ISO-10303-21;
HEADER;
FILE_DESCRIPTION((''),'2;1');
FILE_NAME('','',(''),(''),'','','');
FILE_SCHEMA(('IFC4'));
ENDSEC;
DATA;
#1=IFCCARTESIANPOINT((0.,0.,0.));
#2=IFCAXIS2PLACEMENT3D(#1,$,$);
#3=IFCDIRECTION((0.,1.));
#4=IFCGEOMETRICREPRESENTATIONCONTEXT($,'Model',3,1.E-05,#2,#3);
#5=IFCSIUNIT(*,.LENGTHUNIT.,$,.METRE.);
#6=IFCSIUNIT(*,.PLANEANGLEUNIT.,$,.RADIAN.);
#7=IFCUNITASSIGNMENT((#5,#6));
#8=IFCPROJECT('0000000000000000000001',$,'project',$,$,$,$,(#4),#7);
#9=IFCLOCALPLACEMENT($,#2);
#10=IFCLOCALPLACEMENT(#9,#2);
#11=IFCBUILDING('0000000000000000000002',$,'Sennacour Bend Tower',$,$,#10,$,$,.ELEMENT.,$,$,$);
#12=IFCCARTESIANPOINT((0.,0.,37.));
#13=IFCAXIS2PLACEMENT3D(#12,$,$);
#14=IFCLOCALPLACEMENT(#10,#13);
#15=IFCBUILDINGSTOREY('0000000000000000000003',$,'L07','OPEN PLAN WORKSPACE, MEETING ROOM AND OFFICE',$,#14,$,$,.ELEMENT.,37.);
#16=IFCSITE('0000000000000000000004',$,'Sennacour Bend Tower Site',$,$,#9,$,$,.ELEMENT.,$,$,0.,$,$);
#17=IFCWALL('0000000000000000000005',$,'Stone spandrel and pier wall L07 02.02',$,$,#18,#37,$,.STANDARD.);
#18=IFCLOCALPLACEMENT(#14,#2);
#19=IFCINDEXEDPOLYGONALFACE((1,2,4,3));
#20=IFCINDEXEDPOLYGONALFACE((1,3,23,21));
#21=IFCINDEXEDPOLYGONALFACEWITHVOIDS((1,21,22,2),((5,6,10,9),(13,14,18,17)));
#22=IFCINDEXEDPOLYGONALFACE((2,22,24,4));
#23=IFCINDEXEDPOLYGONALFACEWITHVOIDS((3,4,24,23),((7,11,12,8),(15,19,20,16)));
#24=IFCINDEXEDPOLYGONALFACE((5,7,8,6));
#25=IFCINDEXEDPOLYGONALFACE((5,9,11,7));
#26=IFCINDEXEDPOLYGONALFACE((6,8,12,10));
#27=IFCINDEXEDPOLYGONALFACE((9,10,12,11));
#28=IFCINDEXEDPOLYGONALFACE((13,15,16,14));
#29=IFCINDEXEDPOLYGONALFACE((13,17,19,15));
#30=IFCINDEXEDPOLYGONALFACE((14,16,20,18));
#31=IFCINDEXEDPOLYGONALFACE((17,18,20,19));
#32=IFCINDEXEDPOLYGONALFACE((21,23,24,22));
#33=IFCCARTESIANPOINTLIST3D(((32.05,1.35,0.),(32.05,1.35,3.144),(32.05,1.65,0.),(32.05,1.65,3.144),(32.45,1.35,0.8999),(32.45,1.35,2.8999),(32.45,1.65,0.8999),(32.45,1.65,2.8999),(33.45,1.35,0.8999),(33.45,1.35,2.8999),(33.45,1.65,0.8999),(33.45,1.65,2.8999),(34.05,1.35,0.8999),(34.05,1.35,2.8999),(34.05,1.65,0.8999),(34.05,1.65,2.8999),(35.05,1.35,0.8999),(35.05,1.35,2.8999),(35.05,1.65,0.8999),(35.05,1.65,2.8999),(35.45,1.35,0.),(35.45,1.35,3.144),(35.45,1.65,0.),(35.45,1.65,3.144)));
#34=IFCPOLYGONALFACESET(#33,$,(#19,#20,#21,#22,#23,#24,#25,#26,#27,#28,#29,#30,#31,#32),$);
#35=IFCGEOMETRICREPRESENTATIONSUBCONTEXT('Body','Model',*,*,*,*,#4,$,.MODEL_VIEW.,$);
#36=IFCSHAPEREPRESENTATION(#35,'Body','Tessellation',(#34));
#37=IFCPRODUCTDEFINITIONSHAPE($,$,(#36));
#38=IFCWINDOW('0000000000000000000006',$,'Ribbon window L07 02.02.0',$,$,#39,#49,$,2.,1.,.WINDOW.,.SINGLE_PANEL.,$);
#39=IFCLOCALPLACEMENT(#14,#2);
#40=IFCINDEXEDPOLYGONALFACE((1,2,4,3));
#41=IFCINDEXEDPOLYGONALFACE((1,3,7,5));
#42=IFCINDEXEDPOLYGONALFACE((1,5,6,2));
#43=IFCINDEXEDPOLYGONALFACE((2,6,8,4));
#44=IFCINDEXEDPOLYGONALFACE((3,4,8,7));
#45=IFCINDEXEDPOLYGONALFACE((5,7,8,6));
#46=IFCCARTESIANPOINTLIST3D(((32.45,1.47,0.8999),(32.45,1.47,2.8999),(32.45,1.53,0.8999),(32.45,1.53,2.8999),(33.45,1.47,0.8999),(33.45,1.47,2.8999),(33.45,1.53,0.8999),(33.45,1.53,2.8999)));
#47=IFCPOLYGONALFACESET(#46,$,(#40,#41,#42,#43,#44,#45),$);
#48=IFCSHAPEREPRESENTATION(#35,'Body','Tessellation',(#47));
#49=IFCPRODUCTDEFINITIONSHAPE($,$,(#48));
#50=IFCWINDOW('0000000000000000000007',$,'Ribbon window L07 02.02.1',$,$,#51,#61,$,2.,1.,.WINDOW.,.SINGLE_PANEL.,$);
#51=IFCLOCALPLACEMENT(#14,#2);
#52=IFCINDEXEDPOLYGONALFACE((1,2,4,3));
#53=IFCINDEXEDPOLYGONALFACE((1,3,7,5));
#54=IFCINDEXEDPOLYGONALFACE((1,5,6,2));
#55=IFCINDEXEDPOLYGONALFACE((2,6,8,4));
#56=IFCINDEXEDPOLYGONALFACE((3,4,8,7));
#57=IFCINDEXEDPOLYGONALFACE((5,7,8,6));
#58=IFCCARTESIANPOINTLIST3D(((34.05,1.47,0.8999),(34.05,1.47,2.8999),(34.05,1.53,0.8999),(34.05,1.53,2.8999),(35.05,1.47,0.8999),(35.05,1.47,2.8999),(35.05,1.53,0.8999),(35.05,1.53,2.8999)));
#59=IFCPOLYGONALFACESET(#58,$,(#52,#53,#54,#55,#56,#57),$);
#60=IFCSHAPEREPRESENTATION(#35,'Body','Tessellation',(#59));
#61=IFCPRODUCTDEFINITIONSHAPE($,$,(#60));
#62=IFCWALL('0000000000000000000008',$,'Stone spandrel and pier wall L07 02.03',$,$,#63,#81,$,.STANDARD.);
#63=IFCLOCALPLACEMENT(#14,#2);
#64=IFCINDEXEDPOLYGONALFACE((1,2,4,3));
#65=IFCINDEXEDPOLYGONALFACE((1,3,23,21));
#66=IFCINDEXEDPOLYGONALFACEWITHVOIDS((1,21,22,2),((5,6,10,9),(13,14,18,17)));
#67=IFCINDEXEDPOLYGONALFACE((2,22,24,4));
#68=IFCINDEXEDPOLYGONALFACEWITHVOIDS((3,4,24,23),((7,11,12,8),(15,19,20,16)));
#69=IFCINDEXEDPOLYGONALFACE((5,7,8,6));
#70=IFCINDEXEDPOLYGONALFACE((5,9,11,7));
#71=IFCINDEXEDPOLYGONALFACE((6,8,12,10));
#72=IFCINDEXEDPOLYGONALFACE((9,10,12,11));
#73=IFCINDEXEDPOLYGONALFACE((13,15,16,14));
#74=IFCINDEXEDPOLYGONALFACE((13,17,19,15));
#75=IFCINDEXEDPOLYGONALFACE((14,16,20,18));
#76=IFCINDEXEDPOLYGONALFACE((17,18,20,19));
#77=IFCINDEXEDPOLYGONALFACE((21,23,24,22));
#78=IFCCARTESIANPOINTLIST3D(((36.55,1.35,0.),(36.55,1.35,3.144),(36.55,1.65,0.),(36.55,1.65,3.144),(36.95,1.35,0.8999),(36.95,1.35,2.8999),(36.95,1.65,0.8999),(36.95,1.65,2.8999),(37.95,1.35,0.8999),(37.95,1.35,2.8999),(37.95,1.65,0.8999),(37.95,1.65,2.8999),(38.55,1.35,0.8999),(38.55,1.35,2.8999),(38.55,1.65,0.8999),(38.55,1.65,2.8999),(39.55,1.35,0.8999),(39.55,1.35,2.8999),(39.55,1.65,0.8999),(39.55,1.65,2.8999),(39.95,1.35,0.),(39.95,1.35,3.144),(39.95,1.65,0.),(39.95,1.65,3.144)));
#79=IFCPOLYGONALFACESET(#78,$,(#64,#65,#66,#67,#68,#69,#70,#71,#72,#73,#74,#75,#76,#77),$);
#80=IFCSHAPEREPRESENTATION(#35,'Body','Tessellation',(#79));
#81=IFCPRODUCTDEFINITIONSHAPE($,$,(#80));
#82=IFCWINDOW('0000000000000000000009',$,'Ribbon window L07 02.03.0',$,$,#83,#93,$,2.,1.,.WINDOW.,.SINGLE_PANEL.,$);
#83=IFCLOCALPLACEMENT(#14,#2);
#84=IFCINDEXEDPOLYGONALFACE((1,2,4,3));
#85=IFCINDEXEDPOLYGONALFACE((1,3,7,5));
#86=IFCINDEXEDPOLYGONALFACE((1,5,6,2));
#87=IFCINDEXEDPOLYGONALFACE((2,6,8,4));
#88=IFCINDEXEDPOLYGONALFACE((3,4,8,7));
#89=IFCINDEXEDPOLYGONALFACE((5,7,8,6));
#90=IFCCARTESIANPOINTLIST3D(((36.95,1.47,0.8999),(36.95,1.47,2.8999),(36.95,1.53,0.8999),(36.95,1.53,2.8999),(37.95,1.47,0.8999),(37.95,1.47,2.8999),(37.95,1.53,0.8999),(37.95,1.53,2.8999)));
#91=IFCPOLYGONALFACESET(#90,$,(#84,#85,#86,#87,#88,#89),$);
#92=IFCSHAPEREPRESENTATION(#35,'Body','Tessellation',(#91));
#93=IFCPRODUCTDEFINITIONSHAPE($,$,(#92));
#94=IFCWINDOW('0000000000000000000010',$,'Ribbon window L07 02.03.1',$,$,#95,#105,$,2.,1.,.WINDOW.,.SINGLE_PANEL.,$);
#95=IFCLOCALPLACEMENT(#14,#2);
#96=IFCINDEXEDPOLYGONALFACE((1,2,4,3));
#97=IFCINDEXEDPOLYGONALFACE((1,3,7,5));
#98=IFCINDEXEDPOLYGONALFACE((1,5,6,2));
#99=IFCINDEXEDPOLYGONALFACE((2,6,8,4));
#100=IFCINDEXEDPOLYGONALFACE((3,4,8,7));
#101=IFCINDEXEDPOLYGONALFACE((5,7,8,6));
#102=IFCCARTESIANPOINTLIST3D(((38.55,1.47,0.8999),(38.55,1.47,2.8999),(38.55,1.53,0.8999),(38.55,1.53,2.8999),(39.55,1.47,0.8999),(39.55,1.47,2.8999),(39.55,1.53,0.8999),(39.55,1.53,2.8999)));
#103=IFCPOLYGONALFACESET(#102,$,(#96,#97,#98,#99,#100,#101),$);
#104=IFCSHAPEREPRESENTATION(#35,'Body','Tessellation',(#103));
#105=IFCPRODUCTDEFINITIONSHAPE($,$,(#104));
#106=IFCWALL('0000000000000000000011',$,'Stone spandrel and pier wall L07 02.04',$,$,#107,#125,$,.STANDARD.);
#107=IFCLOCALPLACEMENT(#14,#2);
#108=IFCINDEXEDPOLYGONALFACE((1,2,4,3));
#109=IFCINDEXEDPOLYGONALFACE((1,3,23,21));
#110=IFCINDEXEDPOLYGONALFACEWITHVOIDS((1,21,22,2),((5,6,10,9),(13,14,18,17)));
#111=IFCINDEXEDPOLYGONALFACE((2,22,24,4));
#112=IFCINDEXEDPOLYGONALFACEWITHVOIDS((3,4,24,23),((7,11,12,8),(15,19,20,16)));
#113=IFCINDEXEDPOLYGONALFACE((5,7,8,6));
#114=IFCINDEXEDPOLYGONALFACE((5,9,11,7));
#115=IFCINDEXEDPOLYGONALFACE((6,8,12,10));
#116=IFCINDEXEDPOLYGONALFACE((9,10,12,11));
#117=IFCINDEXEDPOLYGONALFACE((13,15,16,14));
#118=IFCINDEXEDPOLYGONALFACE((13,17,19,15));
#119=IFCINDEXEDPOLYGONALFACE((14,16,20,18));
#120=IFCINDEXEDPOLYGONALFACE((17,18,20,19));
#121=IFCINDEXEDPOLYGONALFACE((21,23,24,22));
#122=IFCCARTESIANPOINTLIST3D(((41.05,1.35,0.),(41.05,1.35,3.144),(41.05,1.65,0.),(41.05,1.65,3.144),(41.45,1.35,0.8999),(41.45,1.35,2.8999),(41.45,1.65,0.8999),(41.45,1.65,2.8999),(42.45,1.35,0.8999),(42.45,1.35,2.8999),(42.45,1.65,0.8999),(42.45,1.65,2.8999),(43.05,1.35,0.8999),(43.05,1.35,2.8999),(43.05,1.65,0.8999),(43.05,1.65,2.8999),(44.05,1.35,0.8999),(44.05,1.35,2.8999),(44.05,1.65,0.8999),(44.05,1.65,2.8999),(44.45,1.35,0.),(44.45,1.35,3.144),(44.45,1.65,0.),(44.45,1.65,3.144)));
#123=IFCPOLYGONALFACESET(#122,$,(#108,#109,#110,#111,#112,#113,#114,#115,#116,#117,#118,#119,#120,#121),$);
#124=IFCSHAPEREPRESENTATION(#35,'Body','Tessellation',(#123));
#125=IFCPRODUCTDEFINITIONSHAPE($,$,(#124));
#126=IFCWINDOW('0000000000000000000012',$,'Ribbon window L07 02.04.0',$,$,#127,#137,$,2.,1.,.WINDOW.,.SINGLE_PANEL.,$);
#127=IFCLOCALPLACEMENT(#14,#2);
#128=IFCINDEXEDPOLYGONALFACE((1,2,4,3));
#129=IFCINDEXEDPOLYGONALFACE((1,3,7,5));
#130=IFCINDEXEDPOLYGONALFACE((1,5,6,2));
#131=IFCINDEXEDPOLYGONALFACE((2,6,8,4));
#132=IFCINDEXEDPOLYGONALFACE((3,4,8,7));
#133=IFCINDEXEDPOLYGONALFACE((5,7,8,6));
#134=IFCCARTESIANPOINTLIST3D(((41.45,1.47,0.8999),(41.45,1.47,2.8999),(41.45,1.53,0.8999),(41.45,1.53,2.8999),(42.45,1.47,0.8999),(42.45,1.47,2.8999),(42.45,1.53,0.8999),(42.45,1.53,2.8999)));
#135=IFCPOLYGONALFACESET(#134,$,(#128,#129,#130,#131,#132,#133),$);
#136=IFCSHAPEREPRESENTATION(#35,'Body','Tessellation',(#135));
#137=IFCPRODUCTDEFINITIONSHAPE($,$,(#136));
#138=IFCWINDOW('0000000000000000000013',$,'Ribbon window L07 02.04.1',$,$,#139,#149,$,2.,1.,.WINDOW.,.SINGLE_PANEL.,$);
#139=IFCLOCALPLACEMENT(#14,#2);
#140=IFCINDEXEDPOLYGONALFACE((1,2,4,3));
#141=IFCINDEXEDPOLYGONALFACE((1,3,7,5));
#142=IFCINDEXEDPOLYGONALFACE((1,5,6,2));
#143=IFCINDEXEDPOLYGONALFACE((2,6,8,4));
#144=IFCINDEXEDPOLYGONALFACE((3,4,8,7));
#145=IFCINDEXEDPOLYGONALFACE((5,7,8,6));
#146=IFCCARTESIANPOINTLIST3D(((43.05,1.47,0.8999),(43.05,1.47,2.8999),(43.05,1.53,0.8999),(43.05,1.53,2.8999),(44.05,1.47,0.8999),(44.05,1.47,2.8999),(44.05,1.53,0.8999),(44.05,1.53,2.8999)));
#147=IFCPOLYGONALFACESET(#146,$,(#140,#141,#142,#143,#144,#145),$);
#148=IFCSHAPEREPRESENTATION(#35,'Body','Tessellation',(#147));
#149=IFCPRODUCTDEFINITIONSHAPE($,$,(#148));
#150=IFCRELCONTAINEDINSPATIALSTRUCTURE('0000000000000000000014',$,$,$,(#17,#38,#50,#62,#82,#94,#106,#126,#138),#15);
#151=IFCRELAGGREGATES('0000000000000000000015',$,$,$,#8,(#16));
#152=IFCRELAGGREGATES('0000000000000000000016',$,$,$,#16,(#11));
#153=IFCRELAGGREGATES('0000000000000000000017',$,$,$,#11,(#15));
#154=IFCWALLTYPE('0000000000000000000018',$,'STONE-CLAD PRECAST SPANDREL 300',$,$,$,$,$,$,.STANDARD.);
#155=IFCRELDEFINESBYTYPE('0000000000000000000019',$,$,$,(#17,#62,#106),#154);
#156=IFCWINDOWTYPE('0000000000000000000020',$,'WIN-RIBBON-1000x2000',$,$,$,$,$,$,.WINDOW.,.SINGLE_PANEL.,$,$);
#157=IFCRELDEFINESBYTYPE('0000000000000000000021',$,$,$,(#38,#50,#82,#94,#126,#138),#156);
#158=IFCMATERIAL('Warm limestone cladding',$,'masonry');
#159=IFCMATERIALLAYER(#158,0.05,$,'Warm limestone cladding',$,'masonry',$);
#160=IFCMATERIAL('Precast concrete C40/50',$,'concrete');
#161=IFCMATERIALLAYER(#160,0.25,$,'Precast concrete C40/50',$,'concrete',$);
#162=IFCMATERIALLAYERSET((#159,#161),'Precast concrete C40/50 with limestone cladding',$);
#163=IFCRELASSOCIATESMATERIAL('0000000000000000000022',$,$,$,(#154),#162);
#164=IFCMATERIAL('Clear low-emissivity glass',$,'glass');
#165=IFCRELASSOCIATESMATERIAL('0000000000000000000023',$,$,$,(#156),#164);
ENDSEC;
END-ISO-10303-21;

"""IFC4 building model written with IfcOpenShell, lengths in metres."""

from ifc_helpers import new_model, si_unit, direction, frame, frame_2d, origin, place, context, subcontext, project, spatial, rectangle, extrude, material, layer, layer_set, type_object, element, fill, save


model = new_model("IFC4")

# Units and contexts
model_context = context("Model", 3, precision=1e-05, world=origin(), true_north=direction((0.0, 1.0)))
body_context = subcontext(model_context, "Body", "Model", "MODEL_VIEW")
ifc_project = project(units=[si_unit("LENGTHUNIT", "METRE"), si_unit("PLANEANGLEUNIT", "RADIAN")], contexts=[model_context])

# Site, building, storey
site_placement = place(None, origin())
site = spatial("IfcSite", under=ifc_project, at=site_placement, Name="Sennacour Bend Tower Site", CompositionType="ELEMENT", RefElevation=0.0)
building_placement = place(site_placement, origin())
building = spatial("IfcBuilding", under=site, at=building_placement, Name="Sennacour Bend Tower", CompositionType="ELEMENT")
storey_placement = place(building_placement, frame((0.0, 0.0, 37.0)))
storey = spatial("IfcBuildingStorey", under=building, at=storey_placement, Name="L07", Description="OPEN PLAN WORKSPACE, MEETING ROOM AND OFFICE", CompositionType="ELEMENT", Elevation=37.0)

# Walls, openings, windows
ifc_material_1 = material(Name="Warm limestone cladding", Category="masonry")
ifc_layer_1 = layer(ifc_material_1, 0.05, Name="Warm limestone cladding", Category="masonry")
ifc_material_2 = material(Name="Precast concrete C40/50", Category="concrete")
ifc_layer_2 = layer(ifc_material_2, 0.25, Name="Precast concrete C40/50", Category="concrete")
ifc_layer_set_1 = layer_set([ifc_layer_1, ifc_layer_2], Name="Precast concrete C40/50 with limestone cladding")
wall_type_1 = type_object("IfcWallType", Name="STONE-CLAD PRECAST SPANDREL 300", PredefinedType="STANDARD", material=ifc_layer_set_1)
wall_1_placement = place(storey_placement, frame((32.05, 1.5, 0.0), z_axis=(0.0, 0.0, 1.0), x_axis=(1.0, 0.0, 0.0)))
wall_1 = element("IfcWall", 1, at=wall_1_placement, inside=storey, type_object=wall_type_1, Name="Stone spandrel and pier wall L07 02.02", PredefinedType="STANDARD", context=body_context, shape_type="SweptSolid", body=[
    extrude(rectangle(XDim=3.3999, YDim=0.3, at=frame_2d((1.7, 0.0))), origin(), (0.0, 0.0, 1.0), 3.144),
])
opening_1_placement = place(wall_1_placement, frame((0.3999, 0.0, 0.8999)))
opening_1 = element("IfcOpeningElement", 2, at=opening_1_placement, cuts=wall_1, PredefinedType="OPENING", context=body_context, shape_type="SweptSolid", body=[
    extrude(rectangle(XDim=1.0, YDim=2.0, at=frame_2d((0.5, 1.0))), frame((0.0, 0.1602, 0.0), z_axis=(0.0, -1.0, 0.0), x_axis=(1.0, 0.0, 0.0)), (0.0, 0.0, 1.0), 0.3201),
])
opening_2_placement = place(wall_1_placement, frame((2.0, 0.0, 0.8999)))
opening_2 = element("IfcOpeningElement", 3, at=opening_2_placement, cuts=wall_1, PredefinedType="OPENING", context=body_context, shape_type="SweptSolid", body=[
    extrude(rectangle(XDim=1.0, YDim=2.0, at=frame_2d((0.5, 1.0))), frame((0.0, 0.1602, 0.0), z_axis=(0.0, -1.0, 0.0), x_axis=(1.0, 0.0, 0.0)), (0.0, 0.0, 1.0), 0.3201),
])
ifc_material_3 = material(Name="Clear low-emissivity glass", Category="glass")
window_type = type_object("IfcWindowType", Name="WIN-RIBBON-1000x2000", PartitioningType="SINGLE_PANEL", PredefinedType="WINDOW", material=ifc_material_3)
window_1_placement = place(opening_1_placement, origin())
window_1 = element("IfcWindow", 4, at=window_1_placement, inside=storey, type_object=window_type, Name="Ribbon window L07 02.02.0", OverallHeight=2.0, OverallWidth=1.0, PartitioningType="SINGLE_PANEL", PredefinedType="WINDOW", context=body_context, shape_type="SweptSolid", body=[
    extrude(rectangle(XDim=1.0, YDim=2.0, at=frame_2d((0.5, 1.0))), frame((0.0, 0.03, 0.0), z_axis=(0.0, -1.0, 0.0), x_axis=(1.0, 0.0, 0.0)), (0.0, 0.0, 1.0), 0.0601),
])
fill(opening_1, window_1)
window_2_placement = place(opening_2_placement, origin())
window_2 = element("IfcWindow", 5, at=window_2_placement, inside=storey, type_object=window_type, Name="Ribbon window L07 02.02.1", OverallHeight=2.0, OverallWidth=1.0, PartitioningType="SINGLE_PANEL", PredefinedType="WINDOW", context=body_context, shape_type="SweptSolid", body=[
    extrude(rectangle(XDim=1.0, YDim=2.0, at=frame_2d((0.5, 1.0))), frame((0.0, 0.03, 0.0), z_axis=(0.0, -1.0, 0.0), x_axis=(1.0, 0.0, 0.0)), (0.0, 0.0, 1.0), 0.0601),
])
fill(opening_2, window_2)
wall_2_placement = place(storey_placement, frame((36.55, 1.5, 0.0), z_axis=(0.0, 0.0, 1.0), x_axis=(1.0, 0.0, 0.0)))
wall_2 = element("IfcWall", 6, at=wall_2_placement, inside=storey, type_object=wall_type_1, Name="Stone spandrel and pier wall L07 02.03", PredefinedType="STANDARD", context=body_context, shape_type="SweptSolid", body=[
    extrude(rectangle(XDim=3.3999, YDim=0.3, at=frame_2d((1.7, 0.0))), origin(), (0.0, 0.0, 1.0), 3.144),
])
opening_3_placement = place(wall_2_placement, frame((0.3999, 0.0, 0.8999)))
opening_3 = element("IfcOpeningElement", 7, at=opening_3_placement, cuts=wall_2, PredefinedType="OPENING", context=body_context, shape_type="SweptSolid", body=[
    extrude(rectangle(XDim=1.0, YDim=2.0, at=frame_2d((0.5, 1.0))), frame((0.0, 0.1602, 0.0), z_axis=(0.0, -1.0, 0.0), x_axis=(1.0, 0.0, 0.0)), (0.0, 0.0, 1.0), 0.3201),
])
opening_4_placement = place(wall_2_placement, frame((2.0, 0.0, 0.8999)))
opening_4 = element("IfcOpeningElement", 8, at=opening_4_placement, cuts=wall_2, PredefinedType="OPENING", context=body_context, shape_type="SweptSolid", body=[
    extrude(rectangle(XDim=1.0, YDim=2.0, at=frame_2d((0.5, 1.0))), frame((0.0, 0.1602, 0.0), z_axis=(0.0, -1.0, 0.0), x_axis=(1.0, 0.0, 0.0)), (0.0, 0.0, 1.0), 0.3201),
])
window_3_placement = place(opening_3_placement, origin())
window_3 = element("IfcWindow", 9, at=window_3_placement, inside=storey, type_object=window_type, Name="Ribbon window L07 02.03.0", OverallHeight=2.0, OverallWidth=1.0, PartitioningType="SINGLE_PANEL", PredefinedType="WINDOW", context=body_context, shape_type="SweptSolid", body=[
    extrude(rectangle(XDim=1.0, YDim=2.0, at=frame_2d((0.5, 1.0))), frame((0.0, 0.03, 0.0), z_axis=(0.0, -1.0, 0.0), x_axis=(1.0, 0.0, 0.0)), (0.0, 0.0, 1.0), 0.0601),
])
fill(opening_3, window_3)
window_4_placement = place(opening_4_placement, origin())
window_4 = element("IfcWindow", 10, at=window_4_placement, inside=storey, type_object=window_type, Name="Ribbon window L07 02.03.1", OverallHeight=2.0, OverallWidth=1.0, PartitioningType="SINGLE_PANEL", PredefinedType="WINDOW", context=body_context, shape_type="SweptSolid", body=[
    extrude(rectangle(XDim=1.0, YDim=2.0, at=frame_2d((0.5, 1.0))), frame((0.0, 0.03, 0.0), z_axis=(0.0, -1.0, 0.0), x_axis=(1.0, 0.0, 0.0)), (0.0, 0.0, 1.0), 0.0601),
])
fill(opening_4, window_4)
wall_3_placement = place(storey_placement, frame((41.05, 1.5, 0.0), z_axis=(0.0, 0.0, 1.0), x_axis=(1.0, 0.0, 0.0)))
wall_3 = element("IfcWall", 11, at=wall_3_placement, inside=storey, type_object=wall_type_1, Name="Stone spandrel and pier wall L07 02.04", PredefinedType="STANDARD", context=body_context, shape_type="SweptSolid", body=[
    extrude(rectangle(XDim=3.3999, YDim=0.3, at=frame_2d((1.7, 0.0))), origin(), (0.0, 0.0, 1.0), 3.144),
])
opening_5_placement = place(wall_3_placement, frame((0.3999, 0.0, 0.8999)))
opening_5 = element("IfcOpeningElement", 12, at=opening_5_placement, cuts=wall_3, PredefinedType="OPENING", context=body_context, shape_type="SweptSolid", body=[
    extrude(rectangle(XDim=1.0, YDim=2.0, at=frame_2d((0.5, 1.0))), frame((0.0, 0.1602, 0.0), z_axis=(0.0, -1.0, 0.0), x_axis=(1.0, 0.0, 0.0)), (0.0, 0.0, 1.0), 0.3201),
])
opening_6_placement = place(wall_3_placement, frame((2.0, 0.0, 0.8999)))
opening_6 = element("IfcOpeningElement", 13, at=opening_6_placement, cuts=wall_3, PredefinedType="OPENING", context=body_context, shape_type="SweptSolid", body=[
    extrude(rectangle(XDim=1.0, YDim=2.0, at=frame_2d((0.5, 1.0))), frame((0.0, 0.1602, 0.0), z_axis=(0.0, -1.0, 0.0), x_axis=(1.0, 0.0, 0.0)), (0.0, 0.0, 1.0), 0.3201),
])
window_5_placement = place(opening_5_placement, origin())
window_5 = element("IfcWindow", 14, at=window_5_placement, inside=storey, type_object=window_type, Name="Ribbon window L07 02.04.0", OverallHeight=2.0, OverallWidth=1.0, PartitioningType="SINGLE_PANEL", PredefinedType="WINDOW", context=body_context, shape_type="SweptSolid", body=[
    extrude(rectangle(XDim=1.0, YDim=2.0, at=frame_2d((0.5, 1.0))), frame((0.0, 0.03, 0.0), z_axis=(0.0, -1.0, 0.0), x_axis=(1.0, 0.0, 0.0)), (0.0, 0.0, 1.0), 0.0601),
])
fill(opening_5, window_5)
window_6_placement = place(opening_6_placement, origin())
window_6 = element("IfcWindow", 15, at=window_6_placement, inside=storey, type_object=window_type, Name="Ribbon window L07 02.04.1", OverallHeight=2.0, OverallWidth=1.0, PartitioningType="SINGLE_PANEL", PredefinedType="WINDOW", context=body_context, shape_type="SweptSolid", body=[
    extrude(rectangle(XDim=1.0, YDim=2.0, at=frame_2d((0.5, 1.0))), frame((0.0, 0.03, 0.0), z_axis=(0.0, -1.0, 0.0), x_axis=(1.0, 0.0, 0.0)), (0.0, 0.0, 1.0), 0.0601),
])
fill(opening_6, window_6)

save(model, "model.ifc")
